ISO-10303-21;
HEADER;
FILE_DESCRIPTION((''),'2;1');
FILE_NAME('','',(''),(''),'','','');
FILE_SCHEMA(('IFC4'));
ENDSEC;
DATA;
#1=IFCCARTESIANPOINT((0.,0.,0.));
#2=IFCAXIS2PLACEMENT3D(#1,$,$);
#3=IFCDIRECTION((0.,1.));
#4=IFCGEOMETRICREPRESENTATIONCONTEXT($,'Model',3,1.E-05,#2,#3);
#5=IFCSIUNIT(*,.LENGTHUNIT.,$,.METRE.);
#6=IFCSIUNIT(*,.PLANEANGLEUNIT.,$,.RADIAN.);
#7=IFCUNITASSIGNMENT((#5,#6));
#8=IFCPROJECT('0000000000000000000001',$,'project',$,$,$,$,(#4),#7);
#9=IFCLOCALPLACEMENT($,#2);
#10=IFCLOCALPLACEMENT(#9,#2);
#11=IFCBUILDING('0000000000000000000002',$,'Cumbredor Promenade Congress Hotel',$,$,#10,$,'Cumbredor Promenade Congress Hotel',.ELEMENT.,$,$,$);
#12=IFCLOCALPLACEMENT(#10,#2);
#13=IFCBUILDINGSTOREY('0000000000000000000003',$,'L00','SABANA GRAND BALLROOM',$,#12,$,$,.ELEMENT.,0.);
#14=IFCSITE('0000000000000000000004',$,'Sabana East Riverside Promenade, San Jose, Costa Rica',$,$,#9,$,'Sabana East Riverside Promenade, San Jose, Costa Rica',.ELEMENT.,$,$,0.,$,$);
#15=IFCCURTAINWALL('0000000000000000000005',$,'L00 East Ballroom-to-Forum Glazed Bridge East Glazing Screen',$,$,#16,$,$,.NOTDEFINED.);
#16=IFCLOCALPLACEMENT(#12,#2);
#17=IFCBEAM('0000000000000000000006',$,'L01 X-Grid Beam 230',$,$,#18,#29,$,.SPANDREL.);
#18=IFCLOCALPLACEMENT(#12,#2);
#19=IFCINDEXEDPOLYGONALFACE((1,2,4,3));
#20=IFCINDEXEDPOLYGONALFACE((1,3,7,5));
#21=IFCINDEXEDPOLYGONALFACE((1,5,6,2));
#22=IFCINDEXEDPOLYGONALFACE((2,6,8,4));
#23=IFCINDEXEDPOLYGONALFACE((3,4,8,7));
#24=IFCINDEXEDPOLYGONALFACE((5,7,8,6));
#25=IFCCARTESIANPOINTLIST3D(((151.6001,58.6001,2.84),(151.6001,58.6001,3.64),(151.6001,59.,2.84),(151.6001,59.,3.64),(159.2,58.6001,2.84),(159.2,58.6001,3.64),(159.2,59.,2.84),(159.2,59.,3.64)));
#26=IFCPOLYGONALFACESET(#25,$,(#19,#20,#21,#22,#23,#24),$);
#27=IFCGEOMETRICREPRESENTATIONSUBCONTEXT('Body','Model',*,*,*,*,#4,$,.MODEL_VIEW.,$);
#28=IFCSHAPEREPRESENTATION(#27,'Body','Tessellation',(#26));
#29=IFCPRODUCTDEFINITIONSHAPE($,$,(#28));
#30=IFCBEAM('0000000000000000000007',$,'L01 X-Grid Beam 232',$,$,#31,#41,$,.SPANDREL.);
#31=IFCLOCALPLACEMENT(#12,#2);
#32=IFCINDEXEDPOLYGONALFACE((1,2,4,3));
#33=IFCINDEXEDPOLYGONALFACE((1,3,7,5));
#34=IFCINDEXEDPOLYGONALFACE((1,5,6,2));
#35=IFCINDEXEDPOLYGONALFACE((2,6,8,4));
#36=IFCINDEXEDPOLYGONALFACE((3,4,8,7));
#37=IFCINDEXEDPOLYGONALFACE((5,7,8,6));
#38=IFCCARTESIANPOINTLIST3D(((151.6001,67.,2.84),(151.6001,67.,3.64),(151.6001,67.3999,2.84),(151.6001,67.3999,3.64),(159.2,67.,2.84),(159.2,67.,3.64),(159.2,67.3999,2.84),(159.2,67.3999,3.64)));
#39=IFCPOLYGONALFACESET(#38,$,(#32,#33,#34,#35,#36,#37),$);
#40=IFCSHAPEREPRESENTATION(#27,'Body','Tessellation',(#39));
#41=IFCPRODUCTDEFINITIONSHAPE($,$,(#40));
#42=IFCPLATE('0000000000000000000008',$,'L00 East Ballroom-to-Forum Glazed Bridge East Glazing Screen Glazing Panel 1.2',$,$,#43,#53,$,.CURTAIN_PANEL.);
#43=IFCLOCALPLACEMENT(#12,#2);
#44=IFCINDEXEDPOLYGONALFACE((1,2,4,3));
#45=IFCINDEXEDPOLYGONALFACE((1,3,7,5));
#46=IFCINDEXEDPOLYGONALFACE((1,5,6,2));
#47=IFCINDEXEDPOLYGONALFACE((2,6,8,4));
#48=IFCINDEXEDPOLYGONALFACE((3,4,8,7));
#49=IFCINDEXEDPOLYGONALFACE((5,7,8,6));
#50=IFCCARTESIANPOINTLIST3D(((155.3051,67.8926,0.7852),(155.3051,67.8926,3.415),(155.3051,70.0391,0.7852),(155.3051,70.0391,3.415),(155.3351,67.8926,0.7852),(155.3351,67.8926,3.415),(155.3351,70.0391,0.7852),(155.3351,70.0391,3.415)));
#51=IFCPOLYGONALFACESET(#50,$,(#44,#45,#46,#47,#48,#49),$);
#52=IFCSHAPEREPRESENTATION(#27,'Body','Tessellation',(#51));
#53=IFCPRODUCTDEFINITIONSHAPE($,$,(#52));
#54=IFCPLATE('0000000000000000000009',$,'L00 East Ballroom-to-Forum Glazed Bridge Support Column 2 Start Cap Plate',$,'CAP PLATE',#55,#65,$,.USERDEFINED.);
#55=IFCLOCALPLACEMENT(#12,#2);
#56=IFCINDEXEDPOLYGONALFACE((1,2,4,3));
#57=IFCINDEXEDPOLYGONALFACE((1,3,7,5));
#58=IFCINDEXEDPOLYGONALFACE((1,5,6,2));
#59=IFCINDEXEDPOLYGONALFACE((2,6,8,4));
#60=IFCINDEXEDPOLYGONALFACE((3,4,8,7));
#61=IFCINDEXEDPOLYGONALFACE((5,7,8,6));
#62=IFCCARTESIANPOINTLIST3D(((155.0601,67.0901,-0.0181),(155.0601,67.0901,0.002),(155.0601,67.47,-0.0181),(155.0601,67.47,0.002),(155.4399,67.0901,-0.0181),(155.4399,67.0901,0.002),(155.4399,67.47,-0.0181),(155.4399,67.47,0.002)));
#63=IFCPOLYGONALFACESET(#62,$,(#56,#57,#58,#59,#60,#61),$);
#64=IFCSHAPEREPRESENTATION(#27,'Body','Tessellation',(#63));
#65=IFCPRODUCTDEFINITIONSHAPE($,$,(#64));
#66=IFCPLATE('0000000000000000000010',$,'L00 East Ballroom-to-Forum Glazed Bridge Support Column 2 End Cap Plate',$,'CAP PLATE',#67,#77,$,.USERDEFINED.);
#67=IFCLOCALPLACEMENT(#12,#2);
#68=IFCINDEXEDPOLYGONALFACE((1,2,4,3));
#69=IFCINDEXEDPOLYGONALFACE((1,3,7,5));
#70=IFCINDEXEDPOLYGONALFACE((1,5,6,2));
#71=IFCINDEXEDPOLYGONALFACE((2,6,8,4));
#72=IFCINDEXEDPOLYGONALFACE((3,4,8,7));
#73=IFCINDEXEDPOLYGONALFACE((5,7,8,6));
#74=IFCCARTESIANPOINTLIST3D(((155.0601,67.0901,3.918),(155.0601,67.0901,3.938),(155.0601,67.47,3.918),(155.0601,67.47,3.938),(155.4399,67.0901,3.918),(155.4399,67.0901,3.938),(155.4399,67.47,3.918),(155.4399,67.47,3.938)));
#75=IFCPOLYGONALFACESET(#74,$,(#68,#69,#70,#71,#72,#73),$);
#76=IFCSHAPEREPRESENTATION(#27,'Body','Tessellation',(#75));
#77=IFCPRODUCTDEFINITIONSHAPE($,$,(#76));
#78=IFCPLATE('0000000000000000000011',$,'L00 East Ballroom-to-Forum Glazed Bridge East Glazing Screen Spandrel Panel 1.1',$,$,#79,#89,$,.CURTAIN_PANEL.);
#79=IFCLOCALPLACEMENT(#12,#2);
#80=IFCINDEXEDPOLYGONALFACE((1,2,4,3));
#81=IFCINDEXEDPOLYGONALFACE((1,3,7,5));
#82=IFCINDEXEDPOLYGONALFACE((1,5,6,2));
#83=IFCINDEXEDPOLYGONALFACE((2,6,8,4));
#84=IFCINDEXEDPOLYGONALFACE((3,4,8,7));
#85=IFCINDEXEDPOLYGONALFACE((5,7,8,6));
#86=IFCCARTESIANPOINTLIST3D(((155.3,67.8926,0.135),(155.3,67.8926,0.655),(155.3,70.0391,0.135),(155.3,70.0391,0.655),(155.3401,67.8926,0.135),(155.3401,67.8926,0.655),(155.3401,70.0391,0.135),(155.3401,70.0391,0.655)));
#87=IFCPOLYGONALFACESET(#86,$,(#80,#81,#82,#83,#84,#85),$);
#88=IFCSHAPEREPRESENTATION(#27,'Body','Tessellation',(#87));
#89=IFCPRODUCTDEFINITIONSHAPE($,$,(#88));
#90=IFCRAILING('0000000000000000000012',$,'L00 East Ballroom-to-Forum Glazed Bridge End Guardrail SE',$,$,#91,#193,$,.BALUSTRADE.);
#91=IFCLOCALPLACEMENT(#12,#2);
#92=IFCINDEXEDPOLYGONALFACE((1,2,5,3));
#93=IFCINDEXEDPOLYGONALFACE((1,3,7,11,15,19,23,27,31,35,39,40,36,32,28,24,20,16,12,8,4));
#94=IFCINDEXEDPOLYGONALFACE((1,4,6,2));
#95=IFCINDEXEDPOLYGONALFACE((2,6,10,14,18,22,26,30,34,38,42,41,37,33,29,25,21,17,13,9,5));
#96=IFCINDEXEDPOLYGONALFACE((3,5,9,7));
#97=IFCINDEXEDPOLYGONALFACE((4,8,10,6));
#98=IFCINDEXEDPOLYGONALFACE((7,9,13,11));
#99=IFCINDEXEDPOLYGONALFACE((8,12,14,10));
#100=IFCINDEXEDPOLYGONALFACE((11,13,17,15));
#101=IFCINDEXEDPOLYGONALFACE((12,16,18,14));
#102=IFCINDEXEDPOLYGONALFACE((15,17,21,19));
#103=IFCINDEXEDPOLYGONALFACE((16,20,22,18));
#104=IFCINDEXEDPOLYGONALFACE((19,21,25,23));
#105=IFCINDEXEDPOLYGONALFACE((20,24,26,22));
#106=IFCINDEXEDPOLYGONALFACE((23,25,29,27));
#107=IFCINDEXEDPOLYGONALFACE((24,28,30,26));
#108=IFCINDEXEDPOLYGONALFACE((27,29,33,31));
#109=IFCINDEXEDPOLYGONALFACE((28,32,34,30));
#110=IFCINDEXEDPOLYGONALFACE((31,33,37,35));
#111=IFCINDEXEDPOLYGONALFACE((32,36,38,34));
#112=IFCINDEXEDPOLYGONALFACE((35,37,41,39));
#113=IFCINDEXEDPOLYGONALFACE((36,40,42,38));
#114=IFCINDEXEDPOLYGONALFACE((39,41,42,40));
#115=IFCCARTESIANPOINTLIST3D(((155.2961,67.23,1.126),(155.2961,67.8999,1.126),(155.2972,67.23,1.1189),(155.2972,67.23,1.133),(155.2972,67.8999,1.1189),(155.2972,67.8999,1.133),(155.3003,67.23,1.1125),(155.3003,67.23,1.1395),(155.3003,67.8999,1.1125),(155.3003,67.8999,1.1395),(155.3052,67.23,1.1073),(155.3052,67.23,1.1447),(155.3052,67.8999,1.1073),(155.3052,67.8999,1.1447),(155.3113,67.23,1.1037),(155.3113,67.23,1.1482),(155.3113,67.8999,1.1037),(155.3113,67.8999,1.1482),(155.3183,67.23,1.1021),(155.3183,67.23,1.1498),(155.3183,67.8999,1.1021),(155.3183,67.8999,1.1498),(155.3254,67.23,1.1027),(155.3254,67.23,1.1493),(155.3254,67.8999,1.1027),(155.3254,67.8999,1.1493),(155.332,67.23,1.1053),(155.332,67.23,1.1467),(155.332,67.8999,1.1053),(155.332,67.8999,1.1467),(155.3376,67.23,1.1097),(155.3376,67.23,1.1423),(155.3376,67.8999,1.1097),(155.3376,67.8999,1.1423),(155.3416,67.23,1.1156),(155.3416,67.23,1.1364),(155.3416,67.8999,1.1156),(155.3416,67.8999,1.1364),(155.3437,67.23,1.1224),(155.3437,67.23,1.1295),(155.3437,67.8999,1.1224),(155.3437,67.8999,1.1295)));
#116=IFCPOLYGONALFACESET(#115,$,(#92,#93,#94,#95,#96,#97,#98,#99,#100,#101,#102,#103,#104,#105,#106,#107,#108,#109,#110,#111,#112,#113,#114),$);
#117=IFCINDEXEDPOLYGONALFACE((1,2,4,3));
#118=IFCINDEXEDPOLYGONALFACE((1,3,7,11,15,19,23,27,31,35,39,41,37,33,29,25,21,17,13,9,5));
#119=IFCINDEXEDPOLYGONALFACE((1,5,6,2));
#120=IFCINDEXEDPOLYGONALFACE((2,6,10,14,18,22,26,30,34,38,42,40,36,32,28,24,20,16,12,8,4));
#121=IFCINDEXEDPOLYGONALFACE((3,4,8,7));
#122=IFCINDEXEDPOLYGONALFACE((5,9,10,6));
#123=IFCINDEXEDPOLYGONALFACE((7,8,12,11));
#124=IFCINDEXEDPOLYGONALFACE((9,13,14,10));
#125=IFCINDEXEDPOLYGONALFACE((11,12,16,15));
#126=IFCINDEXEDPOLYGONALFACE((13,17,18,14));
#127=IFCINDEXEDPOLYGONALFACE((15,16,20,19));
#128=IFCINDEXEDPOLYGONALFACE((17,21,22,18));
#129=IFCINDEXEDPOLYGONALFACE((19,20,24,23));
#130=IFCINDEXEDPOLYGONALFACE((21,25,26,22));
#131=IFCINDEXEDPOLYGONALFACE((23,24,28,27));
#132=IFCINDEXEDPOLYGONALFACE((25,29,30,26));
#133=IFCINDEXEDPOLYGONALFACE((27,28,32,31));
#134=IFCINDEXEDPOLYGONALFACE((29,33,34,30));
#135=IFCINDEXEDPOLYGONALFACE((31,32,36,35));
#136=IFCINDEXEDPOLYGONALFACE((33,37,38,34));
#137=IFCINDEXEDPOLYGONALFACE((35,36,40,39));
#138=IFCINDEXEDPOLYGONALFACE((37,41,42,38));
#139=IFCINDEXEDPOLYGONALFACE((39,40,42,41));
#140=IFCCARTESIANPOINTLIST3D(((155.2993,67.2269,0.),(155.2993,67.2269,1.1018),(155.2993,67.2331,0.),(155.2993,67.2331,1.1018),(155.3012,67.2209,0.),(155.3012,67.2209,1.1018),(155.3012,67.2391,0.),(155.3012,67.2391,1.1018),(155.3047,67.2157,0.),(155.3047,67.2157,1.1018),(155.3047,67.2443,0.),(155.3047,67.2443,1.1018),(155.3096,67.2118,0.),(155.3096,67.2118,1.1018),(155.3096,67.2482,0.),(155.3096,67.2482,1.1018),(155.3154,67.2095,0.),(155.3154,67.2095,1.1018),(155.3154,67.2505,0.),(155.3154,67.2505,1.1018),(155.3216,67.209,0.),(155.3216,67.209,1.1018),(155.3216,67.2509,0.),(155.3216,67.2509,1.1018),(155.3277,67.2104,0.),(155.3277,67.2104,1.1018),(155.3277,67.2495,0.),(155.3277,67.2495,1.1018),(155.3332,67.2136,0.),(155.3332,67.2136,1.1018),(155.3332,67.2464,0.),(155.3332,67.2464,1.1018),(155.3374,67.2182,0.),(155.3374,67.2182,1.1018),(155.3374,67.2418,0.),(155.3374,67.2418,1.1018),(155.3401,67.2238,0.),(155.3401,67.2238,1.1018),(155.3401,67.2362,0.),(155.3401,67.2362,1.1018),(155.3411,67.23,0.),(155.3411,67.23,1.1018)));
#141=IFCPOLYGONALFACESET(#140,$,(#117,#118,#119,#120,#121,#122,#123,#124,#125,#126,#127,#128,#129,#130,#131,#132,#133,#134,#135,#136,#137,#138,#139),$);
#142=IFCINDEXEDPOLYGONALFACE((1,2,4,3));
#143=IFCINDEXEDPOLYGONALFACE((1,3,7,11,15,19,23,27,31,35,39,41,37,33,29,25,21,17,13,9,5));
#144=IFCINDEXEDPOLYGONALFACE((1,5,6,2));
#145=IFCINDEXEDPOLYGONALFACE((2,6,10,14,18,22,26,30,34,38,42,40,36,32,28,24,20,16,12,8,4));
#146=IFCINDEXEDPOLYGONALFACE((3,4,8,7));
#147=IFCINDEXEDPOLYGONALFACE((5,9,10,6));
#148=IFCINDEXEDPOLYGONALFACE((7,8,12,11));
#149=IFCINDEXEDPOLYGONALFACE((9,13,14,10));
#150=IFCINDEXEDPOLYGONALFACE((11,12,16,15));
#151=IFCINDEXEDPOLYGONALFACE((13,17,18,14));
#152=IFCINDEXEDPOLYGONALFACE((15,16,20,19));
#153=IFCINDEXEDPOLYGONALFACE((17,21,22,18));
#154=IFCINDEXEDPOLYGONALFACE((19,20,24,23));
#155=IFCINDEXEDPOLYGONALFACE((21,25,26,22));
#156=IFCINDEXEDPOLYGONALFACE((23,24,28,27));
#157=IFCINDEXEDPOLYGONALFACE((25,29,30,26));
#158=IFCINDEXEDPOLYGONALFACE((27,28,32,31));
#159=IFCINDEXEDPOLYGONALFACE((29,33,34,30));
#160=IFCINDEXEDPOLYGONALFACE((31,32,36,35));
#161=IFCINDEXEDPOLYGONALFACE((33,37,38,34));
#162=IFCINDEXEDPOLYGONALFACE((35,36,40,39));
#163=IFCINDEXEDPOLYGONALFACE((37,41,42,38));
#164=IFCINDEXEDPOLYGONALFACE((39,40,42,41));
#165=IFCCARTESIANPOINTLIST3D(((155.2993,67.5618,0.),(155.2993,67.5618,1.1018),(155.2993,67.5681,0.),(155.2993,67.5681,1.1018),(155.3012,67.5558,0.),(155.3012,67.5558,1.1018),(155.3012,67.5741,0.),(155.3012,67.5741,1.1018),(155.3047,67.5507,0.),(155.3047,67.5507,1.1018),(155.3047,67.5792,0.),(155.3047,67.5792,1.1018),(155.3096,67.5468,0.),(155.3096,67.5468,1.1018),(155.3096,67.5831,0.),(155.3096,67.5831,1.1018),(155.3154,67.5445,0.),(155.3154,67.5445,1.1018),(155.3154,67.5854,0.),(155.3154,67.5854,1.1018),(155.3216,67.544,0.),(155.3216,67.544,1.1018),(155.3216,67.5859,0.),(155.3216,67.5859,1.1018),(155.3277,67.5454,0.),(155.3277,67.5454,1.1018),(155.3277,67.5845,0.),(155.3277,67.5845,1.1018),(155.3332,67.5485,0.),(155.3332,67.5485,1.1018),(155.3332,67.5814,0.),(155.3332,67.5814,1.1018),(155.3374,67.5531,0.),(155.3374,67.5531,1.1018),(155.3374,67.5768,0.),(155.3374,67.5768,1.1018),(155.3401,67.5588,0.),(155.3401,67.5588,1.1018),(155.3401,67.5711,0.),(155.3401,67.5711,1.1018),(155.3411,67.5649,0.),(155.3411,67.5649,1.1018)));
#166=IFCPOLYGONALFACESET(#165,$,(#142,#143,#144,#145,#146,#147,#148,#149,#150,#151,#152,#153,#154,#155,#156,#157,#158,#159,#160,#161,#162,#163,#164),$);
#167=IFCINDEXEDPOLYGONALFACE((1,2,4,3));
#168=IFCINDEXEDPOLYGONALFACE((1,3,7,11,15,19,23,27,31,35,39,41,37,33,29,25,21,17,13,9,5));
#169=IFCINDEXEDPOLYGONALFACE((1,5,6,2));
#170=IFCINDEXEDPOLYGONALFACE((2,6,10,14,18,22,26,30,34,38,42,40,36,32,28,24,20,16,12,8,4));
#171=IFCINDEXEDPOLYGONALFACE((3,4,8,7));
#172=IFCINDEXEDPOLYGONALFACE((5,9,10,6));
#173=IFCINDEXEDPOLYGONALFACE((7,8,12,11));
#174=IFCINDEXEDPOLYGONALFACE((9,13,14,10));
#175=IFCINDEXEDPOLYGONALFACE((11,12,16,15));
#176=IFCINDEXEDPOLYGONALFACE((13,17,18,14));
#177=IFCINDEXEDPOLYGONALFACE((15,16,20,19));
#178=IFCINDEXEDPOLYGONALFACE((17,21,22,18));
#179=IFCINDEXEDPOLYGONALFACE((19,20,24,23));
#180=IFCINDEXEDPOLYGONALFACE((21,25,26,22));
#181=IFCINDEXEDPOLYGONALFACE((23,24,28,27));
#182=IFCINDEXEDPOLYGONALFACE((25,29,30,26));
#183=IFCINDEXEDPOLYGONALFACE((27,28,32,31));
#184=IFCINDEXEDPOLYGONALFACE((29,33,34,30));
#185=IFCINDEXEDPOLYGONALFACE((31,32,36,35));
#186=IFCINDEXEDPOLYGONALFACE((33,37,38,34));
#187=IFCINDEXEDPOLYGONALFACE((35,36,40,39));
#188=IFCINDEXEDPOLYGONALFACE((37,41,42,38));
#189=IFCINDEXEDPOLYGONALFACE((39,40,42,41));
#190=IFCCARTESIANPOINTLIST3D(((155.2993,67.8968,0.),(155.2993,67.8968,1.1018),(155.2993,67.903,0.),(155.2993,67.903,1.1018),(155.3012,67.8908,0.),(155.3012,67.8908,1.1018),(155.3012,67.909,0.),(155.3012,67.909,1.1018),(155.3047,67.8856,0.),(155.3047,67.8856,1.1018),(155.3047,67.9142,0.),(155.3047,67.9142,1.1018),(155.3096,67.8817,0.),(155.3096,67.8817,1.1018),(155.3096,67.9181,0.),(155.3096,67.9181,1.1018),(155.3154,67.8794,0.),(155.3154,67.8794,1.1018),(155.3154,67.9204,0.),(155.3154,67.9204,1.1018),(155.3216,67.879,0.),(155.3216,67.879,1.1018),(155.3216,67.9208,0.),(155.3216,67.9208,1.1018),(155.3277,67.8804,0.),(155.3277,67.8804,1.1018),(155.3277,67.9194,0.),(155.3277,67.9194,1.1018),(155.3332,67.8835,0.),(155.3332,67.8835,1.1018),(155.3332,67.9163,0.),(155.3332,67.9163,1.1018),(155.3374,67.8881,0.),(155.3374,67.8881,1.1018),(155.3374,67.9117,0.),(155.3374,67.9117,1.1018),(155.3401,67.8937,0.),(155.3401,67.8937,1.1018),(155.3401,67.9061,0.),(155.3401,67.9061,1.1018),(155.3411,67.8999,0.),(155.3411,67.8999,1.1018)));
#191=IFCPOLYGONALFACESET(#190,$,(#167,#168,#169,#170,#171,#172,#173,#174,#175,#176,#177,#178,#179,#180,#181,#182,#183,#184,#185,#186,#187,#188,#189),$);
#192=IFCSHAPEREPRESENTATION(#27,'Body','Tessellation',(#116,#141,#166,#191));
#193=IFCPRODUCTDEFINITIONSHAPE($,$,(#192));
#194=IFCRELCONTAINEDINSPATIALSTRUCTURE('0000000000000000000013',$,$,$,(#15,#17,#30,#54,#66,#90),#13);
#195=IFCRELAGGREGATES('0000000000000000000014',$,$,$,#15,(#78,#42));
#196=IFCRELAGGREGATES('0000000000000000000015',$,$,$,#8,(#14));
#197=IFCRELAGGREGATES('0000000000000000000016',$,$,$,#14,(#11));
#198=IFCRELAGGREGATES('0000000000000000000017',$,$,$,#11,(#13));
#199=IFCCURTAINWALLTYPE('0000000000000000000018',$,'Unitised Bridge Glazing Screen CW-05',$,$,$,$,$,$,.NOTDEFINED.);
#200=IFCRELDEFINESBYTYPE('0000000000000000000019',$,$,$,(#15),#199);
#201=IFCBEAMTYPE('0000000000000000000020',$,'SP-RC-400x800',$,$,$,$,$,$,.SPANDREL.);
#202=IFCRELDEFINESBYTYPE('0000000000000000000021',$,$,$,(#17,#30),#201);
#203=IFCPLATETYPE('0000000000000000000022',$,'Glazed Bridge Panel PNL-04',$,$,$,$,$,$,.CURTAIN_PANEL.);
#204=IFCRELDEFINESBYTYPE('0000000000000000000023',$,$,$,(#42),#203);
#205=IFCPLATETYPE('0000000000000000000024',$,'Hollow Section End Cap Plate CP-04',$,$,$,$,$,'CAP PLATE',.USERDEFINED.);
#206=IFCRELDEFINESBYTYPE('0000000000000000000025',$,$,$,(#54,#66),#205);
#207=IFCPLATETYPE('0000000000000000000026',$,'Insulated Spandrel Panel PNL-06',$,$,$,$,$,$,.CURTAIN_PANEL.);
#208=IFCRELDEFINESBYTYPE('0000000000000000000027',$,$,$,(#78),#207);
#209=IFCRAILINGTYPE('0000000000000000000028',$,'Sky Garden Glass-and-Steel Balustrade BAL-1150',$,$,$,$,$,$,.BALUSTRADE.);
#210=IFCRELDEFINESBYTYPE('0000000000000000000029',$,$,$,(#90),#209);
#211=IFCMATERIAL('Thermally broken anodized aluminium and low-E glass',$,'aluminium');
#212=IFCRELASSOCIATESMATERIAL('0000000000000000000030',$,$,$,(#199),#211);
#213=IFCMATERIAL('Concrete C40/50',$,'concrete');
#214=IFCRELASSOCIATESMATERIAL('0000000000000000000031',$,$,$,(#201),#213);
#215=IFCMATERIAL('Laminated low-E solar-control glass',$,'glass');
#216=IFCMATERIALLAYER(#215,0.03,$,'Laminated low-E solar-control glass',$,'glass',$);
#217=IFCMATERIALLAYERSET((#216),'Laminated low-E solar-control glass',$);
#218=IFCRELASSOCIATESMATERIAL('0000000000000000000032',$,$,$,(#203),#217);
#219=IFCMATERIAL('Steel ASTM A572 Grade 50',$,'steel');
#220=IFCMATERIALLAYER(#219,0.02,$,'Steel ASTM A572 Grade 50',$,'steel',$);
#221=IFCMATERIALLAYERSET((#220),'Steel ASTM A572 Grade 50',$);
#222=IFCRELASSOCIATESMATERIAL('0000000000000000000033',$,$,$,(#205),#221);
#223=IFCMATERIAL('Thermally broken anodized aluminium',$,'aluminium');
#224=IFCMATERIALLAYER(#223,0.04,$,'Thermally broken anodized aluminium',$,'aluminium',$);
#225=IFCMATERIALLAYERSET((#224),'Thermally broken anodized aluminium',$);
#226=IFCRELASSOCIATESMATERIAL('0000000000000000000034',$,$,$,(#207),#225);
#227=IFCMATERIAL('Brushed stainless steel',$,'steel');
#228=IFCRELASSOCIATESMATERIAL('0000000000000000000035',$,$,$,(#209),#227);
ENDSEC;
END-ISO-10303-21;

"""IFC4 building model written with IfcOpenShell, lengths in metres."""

from ifc_helpers import new_model, si_unit, direction, frame, origin, origin_2d, place, context, subcontext, project, spatial, rectangle, circle, extrude, material, layer, layer_set, material_profile, profile_set, type_object, element, aggregate, save


model = new_model("IFC4")

# Units and contexts
model_context = context("Model", 3, precision=1e-05, world=origin(), true_north=direction((0.0, 1.0)))
body_context = subcontext(model_context, "Body", "Model", "MODEL_VIEW")
ifc_project = project(units=[si_unit("LENGTHUNIT", "METRE"), si_unit("PLANEANGLEUNIT", "RADIAN")], contexts=[model_context])

# Site, building, storey
site_placement = place(None, origin())
site = spatial("IfcSite", under=ifc_project, at=site_placement, Name="Sabana East Riverside Promenade, San Jose, Costa Rica", LongName="Sabana East Riverside Promenade, San Jose, Costa Rica", CompositionType="ELEMENT", RefElevation=0.0)
building_placement = place(site_placement, origin())
building = spatial("IfcBuilding", under=site, at=building_placement, Name="Cumbredor Promenade Congress Hotel", LongName="Cumbredor Promenade Congress Hotel", CompositionType="ELEMENT")
storey_placement = place(building_placement, origin())
storey = spatial("IfcBuildingStorey", under=building, at=storey_placement, Name="L00", Description="SABANA GRAND BALLROOM", CompositionType="ELEMENT", Elevation=0.0)

# Curtain wall
ifc_material_1 = material(Name="Thermally broken anodized aluminium and low-E glass", Category="aluminium")
curtain_wall_type = type_object("IfcCurtainWallType", Name="Unitised Bridge Glazing Screen CW-05", PredefinedType="NOTDEFINED", material=ifc_material_1)
ifc_material_2 = material(Name="Thermally broken anodized aluminium", Category="aluminium")
curtain_wall_1_placement = place(storey_placement, origin())
curtain_wall_1 = element("IfcCurtainWall", 1, at=curtain_wall_1_placement, inside=storey, type_object=curtain_wall_type, Name="L00 East Ballroom-to-Forum Glazed Bridge East Glazing Screen", PredefinedType="NOTDEFINED")

# Beams
ifc_material_3 = material(Name="Concrete C40/50", Category="concrete")
ifc_material_profile_1 = material_profile(ifc_material_3, rectangle(XDim=0.3999, YDim=0.8, at=origin_2d()), Name="RC SPANDREL 400x800")
ifc_profile_set_1 = profile_set([ifc_material_profile_1], Name="Concrete C40/50")
beam_type_1 = type_object("IfcBeamType", Name="SP-RC-400x800", PredefinedType="SPANDREL", material=ifc_profile_set_1)
for number, where, z_axis, x_axis, name in (
    (2, (151.6001, 58.8, 3.24), (1.0, 0.0, 0.0), (0.0, 1.0, 0.0), "L01 X-Grid Beam 230"),
    (3, (151.6001, 67.2, 3.24), (1.0, 0.0, 0.0), (0.0, 1.0, 0.0), "L01 X-Grid Beam 232"),
):
    element("IfcBeam", number, at=place(storey_placement, frame(where, z_axis=z_axis, x_axis=x_axis)), inside=storey, type_object=beam_type_1, Name=name, PredefinedType="SPANDREL", context=body_context, shape_type="SweptSolid", body=[
        extrude(rectangle(XDim=0.3999, YDim=0.8, at=origin_2d()), origin(), (0.0, 0.0, 1.0), 7.5999),
    ])

# Plate
ifc_material_4 = material(Name="Laminated low-E solar-control glass", Category="glass")
ifc_layer_1 = layer(ifc_material_4, 0.03, Name="Laminated low-E solar-control glass", Category="glass")
ifc_layer_set_1 = layer_set([ifc_layer_1], Name="Laminated low-E solar-control glass")
plate_type_1 = type_object("IfcPlateType", Name="Glazed Bridge Panel PNL-04", PredefinedType="CURTAIN_PANEL", material=ifc_layer_set_1)
plate_1_placement = place(storey_placement, frame((155.3201, 68.9658, 0.7852), z_axis=(0.0, 0.0, 1.0), x_axis=(0.0, 1.0, 0.0)))
plate_1 = element("IfcPlate", 4, at=plate_1_placement, type_object=plate_type_1, Name="L00 East Ballroom-to-Forum Glazed Bridge East Glazing Screen Glazing Panel 1.2", PredefinedType="CURTAIN_PANEL", context=body_context, shape_type="SweptSolid", body=[
    extrude(rectangle(XDim=2.1465, YDim=0.03, at=origin_2d()), origin(), (0.0, 0.0, 1.0), 2.6299),
])

# Plates
ifc_material_5 = material(Name="Steel ASTM A572 Grade 50", Category="steel")
ifc_layer_2 = layer(ifc_material_5, 0.02, Name="Steel ASTM A572 Grade 50", Category="steel")
ifc_layer_set_2 = layer_set([ifc_layer_2], Name="Steel ASTM A572 Grade 50")
plate_type_2 = type_object("IfcPlateType", Name="Hollow Section End Cap Plate CP-04", ElementType="CAP PLATE", PredefinedType="USERDEFINED", material=ifc_layer_set_2)
for number, where, z_axis, x_axis, name in (
    (5, (155.25, 67.28, -0.0181), (0.0, 0.0, 1.0), (1.0, 0.0, 0.0), "L00 East Ballroom-to-Forum Glazed Bridge Support Column 2 Start Cap Plate"),
    (6, (155.25, 67.28, 3.918), (0.0, 0.0, 1.0), (1.0, 0.0, 0.0), "L00 East Ballroom-to-Forum Glazed Bridge Support Column 2 End Cap Plate"),
):
    element("IfcPlate", number, at=place(storey_placement, frame(where, z_axis=z_axis, x_axis=x_axis)), inside=storey, type_object=plate_type_2, Name=name, ObjectType="CAP PLATE", PredefinedType="USERDEFINED", context=body_context, shape_type="SweptSolid", body=[
        extrude(rectangle(XDim=0.3799, YDim=0.3799, at=origin_2d()), origin(), (0.0, 0.0, 1.0), 0.02),
    ])

# Plate
ifc_layer_3 = layer(ifc_material_2, 0.04, Name="Thermally broken anodized aluminium", Category="aluminium")
ifc_layer_set_3 = layer_set([ifc_layer_3], Name="Thermally broken anodized aluminium")
plate_type_3 = type_object("IfcPlateType", Name="Insulated Spandrel Panel PNL-06", PredefinedType="CURTAIN_PANEL", material=ifc_layer_set_3)
plate_2_placement = place(storey_placement, frame((155.3201, 68.9658, 0.135), z_axis=(0.0, 0.0, 1.0), x_axis=(0.0, 1.0, 0.0)))
plate_2 = element("IfcPlate", 7, at=plate_2_placement, type_object=plate_type_3, Name="L00 East Ballroom-to-Forum Glazed Bridge East Glazing Screen Spandrel Panel 1.1", PredefinedType="CURTAIN_PANEL", context=body_context, shape_type="SweptSolid", body=[
    extrude(rectangle(XDim=2.1465, YDim=0.04, at=origin_2d()), origin(), (0.0, 0.0, 1.0), 0.52),
])
aggregate(curtain_wall_1, [plate_2, plate_1])

# Railing
ifc_material_6 = material(Name="Brushed stainless steel", Category="steel")
railing_type = type_object("IfcRailingType", Name="Sky Garden Glass-and-Steel Balustrade BAL-1150", PredefinedType="BALUSTRADE", material=ifc_material_6)
railing_placement = place(storey_placement, frame((155.3201, 67.23, 0.0)))
element("IfcRailing", 8, at=railing_placement, inside=storey, type_object=railing_type, Name="L00 East Ballroom-to-Forum Glazed Bridge End Guardrail SE", PredefinedType="BALUSTRADE", context=body_context, shape_type="SweptSolid", body=[
    extrude(circle(Radius=0.0239, at=origin_2d()), frame((0.0, 0.0, 1.126), z_axis=(0.0, 1.0, 0.0), x_axis=(-1.0, 0.0, 0.0)), (0.0, 0.0, 1.0), 0.6699),
    extrude(circle(Radius=0.021, at=origin_2d()), origin(), (0.0, 0.0, 1.0), 1.1018),
    extrude(circle(Radius=0.021, at=origin_2d()), frame((0.0, 0.335, 0.0)), (0.0, 0.0, 1.0), 1.1018),
    extrude(circle(Radius=0.021, at=origin_2d()), frame((0.0, 0.6699, 0.0)), (0.0, 0.0, 1.0), 1.1018),
])

save(model, "model.ifc")
